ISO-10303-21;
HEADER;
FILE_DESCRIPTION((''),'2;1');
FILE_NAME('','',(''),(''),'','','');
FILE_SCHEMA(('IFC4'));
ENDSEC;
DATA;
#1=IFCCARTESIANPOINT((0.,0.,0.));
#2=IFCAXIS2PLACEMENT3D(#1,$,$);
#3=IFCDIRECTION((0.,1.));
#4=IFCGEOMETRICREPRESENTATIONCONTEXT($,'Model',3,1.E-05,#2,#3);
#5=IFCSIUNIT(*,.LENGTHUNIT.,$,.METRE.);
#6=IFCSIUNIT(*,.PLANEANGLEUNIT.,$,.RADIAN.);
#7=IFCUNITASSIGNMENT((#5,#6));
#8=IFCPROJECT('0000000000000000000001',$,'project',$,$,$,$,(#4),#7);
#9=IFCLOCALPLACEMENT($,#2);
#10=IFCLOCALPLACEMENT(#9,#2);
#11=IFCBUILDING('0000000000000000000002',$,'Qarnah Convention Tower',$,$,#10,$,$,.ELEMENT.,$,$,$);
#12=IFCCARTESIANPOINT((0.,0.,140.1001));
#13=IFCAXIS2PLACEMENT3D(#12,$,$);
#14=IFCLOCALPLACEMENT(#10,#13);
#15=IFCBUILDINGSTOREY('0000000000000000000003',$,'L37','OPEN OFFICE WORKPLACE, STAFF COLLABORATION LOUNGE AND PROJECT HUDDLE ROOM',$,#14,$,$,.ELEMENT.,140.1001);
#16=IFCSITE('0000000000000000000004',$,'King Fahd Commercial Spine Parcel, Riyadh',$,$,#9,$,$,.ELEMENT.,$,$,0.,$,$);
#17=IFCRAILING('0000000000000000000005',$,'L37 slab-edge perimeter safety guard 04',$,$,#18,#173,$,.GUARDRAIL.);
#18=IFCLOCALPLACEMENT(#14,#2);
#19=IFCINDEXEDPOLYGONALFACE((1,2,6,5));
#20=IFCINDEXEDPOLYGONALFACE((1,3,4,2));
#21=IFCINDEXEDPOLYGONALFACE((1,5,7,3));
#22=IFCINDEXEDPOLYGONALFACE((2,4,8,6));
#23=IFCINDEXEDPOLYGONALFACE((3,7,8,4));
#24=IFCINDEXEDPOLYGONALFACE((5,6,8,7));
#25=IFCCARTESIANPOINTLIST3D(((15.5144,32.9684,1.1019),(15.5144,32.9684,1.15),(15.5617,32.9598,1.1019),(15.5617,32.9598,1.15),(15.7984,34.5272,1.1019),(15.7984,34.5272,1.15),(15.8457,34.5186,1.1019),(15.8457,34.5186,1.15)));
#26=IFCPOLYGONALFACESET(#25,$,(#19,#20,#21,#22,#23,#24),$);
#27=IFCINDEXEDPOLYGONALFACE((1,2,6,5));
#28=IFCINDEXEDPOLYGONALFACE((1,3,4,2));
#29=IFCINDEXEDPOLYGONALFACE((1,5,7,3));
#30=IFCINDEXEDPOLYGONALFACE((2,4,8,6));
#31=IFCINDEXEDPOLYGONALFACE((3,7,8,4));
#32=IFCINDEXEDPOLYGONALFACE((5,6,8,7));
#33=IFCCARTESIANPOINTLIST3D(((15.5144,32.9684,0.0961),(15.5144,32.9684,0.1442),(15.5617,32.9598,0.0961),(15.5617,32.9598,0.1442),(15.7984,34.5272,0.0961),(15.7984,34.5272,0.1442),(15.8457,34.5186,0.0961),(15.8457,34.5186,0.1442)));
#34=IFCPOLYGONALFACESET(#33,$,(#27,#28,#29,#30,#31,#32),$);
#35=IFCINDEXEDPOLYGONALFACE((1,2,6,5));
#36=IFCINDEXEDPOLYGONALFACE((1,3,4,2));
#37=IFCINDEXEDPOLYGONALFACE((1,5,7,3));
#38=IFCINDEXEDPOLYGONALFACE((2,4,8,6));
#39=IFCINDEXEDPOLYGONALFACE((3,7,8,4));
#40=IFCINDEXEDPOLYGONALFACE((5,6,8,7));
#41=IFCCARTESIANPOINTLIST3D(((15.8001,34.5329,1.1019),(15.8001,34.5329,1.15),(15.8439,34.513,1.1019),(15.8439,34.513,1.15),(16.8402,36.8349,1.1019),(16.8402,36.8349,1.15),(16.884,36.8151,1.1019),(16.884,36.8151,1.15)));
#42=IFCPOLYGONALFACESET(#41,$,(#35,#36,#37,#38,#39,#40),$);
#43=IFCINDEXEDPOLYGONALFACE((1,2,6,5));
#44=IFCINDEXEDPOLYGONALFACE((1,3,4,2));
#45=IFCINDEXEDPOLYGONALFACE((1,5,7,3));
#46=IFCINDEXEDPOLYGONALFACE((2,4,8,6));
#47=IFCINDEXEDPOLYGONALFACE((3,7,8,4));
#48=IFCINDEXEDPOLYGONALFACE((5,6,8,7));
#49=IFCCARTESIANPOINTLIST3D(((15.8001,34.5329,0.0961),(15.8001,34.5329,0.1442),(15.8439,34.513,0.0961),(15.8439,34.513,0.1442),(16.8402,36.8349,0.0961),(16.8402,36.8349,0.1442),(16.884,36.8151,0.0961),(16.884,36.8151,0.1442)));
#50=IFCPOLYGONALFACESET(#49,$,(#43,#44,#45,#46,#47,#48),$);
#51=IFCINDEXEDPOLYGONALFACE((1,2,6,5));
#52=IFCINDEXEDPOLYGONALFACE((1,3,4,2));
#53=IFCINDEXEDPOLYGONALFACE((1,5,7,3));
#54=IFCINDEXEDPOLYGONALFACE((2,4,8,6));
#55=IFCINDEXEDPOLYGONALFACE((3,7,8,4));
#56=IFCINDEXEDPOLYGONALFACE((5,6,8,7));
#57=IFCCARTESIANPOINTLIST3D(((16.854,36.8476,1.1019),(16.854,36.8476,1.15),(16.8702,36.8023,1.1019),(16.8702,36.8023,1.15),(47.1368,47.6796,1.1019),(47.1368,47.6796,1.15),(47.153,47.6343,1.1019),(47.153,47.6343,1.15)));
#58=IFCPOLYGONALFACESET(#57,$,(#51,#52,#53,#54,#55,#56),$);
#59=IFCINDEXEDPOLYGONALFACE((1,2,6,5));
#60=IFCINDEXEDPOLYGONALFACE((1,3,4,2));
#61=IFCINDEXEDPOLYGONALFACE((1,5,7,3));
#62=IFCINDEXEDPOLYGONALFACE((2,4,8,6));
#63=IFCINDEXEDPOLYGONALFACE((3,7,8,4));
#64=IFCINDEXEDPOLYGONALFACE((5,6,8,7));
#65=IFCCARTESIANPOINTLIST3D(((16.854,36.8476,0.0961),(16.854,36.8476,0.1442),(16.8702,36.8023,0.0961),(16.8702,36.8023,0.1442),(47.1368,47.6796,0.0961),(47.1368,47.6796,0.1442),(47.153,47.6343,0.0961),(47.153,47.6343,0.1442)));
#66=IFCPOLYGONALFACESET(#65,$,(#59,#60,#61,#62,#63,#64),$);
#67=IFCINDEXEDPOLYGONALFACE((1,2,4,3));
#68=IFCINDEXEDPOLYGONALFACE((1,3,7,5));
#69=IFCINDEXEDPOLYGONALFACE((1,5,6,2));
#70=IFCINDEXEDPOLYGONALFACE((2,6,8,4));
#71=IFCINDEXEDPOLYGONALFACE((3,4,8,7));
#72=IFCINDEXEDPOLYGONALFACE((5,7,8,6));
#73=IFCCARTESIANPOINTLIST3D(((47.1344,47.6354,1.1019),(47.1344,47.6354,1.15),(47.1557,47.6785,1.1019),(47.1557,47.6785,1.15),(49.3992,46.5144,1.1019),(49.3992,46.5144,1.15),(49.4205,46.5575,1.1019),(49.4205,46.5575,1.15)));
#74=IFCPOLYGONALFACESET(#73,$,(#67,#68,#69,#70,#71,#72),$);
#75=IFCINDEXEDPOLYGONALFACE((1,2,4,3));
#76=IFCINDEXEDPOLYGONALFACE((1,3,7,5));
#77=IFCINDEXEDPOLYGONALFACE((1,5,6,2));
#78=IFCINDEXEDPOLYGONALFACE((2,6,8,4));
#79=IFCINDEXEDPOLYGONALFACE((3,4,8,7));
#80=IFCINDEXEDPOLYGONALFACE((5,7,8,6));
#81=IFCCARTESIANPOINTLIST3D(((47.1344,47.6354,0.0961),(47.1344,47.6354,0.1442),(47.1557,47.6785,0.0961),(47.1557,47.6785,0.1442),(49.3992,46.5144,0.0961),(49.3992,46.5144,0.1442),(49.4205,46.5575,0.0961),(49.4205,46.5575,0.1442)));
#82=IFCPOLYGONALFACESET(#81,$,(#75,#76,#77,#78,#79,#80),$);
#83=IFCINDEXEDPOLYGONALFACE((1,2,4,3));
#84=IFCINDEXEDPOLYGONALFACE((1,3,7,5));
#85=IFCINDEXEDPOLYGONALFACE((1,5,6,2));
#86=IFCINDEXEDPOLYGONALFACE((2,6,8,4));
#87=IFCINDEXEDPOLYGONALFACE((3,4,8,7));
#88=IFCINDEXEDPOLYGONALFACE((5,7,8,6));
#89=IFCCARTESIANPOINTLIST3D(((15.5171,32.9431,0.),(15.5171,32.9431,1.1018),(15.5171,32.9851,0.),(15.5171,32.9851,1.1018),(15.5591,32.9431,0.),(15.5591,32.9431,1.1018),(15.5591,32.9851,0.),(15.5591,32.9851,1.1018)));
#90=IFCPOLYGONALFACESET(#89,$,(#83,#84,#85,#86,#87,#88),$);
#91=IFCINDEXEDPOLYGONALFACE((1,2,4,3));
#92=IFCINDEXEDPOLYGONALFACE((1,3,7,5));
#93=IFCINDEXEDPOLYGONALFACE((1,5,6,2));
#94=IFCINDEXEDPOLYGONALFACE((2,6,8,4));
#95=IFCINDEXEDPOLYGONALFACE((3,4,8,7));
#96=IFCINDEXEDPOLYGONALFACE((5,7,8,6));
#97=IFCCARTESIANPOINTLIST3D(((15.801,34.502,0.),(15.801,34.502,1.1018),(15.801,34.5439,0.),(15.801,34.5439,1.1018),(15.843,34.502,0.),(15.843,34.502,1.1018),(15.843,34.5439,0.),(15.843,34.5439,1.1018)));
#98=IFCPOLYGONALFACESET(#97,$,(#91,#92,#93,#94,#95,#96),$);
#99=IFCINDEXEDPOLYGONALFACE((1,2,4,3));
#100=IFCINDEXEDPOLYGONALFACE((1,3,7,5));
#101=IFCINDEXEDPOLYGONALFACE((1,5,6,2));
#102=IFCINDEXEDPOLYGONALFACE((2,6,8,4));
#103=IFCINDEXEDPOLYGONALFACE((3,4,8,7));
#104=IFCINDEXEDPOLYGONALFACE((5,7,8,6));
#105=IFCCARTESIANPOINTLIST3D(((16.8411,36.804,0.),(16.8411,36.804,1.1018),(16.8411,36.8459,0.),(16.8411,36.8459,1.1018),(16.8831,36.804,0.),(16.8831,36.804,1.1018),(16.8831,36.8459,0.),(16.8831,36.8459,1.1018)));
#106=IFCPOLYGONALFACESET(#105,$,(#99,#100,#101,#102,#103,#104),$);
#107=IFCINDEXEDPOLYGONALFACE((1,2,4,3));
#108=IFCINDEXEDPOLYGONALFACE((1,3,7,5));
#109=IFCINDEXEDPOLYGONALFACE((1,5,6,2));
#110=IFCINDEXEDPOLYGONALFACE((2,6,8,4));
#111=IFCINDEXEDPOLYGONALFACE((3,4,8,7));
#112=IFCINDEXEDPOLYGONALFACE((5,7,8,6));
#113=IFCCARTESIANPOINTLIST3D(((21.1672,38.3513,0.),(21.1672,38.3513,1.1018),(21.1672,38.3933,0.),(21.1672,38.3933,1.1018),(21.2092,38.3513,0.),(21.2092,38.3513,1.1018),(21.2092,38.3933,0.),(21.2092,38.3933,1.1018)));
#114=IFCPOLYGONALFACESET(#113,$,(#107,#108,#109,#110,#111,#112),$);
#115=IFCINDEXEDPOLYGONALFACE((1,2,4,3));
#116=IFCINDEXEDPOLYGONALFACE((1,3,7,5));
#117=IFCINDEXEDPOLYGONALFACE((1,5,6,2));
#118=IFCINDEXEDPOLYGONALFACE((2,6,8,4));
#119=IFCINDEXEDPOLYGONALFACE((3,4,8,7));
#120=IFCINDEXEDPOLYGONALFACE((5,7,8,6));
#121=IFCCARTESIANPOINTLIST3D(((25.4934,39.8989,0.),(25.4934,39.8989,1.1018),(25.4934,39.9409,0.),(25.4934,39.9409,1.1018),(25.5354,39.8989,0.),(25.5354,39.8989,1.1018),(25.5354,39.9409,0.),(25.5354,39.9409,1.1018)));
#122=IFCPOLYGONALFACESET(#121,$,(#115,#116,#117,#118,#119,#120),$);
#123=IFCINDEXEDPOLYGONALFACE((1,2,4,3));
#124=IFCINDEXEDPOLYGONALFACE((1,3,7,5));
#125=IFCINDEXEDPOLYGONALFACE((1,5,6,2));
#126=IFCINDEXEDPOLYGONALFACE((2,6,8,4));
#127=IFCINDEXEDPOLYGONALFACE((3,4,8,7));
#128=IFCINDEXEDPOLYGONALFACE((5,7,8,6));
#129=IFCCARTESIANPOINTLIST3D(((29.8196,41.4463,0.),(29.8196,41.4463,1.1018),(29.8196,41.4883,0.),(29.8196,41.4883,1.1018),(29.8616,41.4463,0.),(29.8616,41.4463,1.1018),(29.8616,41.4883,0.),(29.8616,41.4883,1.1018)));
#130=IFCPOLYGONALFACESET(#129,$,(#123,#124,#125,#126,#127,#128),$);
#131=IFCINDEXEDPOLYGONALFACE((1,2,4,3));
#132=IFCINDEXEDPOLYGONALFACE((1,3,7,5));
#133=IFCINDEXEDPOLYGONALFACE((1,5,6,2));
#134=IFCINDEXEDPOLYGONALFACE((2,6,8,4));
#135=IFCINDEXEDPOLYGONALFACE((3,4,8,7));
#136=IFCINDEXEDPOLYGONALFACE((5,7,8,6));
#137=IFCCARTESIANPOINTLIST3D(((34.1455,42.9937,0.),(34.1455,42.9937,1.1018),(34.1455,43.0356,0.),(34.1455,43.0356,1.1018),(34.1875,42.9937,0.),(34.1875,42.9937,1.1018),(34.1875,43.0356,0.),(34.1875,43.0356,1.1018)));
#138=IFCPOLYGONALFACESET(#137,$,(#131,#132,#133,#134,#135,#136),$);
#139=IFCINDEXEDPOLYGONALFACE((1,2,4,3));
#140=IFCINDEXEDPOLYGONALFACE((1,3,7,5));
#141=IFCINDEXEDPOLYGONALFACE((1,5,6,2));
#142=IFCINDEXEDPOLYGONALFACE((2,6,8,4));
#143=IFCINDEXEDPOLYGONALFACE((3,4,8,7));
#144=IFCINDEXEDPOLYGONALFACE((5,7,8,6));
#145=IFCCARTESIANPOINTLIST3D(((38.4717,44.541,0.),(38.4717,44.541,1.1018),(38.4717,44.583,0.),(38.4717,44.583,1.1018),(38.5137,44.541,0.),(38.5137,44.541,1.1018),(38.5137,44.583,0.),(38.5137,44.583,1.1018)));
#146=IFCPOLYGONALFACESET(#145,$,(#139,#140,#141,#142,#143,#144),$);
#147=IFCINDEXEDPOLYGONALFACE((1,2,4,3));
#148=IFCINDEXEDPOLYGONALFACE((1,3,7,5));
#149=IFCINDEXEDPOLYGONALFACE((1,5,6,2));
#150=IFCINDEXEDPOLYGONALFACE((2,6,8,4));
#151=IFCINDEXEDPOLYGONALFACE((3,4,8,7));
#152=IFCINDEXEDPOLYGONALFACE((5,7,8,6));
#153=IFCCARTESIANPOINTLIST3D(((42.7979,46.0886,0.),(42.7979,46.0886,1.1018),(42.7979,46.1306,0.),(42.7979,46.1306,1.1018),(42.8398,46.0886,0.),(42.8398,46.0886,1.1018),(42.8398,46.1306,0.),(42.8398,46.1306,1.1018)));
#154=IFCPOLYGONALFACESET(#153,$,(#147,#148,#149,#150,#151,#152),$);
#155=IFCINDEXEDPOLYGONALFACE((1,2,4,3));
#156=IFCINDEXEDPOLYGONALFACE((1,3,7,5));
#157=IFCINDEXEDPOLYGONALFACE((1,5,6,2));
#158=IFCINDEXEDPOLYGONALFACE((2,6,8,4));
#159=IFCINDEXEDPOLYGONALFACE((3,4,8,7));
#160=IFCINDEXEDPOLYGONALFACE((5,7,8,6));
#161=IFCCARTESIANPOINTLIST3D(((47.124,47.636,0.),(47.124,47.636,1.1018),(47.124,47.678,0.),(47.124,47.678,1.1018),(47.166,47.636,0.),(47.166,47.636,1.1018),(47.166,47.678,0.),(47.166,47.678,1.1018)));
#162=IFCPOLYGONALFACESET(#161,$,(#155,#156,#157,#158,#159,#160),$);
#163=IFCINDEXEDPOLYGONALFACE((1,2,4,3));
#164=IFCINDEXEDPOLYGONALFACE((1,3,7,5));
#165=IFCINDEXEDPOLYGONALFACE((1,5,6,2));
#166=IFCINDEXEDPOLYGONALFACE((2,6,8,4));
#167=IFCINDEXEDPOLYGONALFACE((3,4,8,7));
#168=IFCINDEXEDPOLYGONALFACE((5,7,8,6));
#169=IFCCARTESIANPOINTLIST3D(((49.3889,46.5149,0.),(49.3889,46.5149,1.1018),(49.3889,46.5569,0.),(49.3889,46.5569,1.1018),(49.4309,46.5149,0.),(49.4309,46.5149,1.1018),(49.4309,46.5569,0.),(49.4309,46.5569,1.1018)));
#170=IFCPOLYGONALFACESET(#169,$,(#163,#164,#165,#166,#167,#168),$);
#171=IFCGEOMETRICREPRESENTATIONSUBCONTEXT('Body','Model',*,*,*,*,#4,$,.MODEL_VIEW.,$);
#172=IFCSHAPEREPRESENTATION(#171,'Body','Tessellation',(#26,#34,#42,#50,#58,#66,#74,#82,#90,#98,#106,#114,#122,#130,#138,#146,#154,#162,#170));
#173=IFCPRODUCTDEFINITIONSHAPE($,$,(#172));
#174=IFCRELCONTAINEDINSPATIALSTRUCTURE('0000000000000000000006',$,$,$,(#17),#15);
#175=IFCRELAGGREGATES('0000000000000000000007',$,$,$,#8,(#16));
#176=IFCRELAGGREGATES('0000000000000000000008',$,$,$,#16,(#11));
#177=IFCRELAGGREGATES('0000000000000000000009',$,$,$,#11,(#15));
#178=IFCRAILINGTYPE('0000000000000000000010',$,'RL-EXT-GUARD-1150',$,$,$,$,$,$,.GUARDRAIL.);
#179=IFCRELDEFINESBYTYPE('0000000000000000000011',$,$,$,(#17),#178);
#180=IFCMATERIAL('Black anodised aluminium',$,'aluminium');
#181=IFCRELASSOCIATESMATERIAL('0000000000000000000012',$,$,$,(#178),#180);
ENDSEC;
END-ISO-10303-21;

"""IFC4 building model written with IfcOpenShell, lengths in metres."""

from ifc_helpers import new_model, si_unit, direction, frame, origin, origin_2d, place, context, subcontext, project, spatial, rectangle, extrude, material, type_object, element, save


model = new_model("IFC4")

# Units and contexts
model_context = context("Model", 3, precision=1e-05, world=origin(), true_north=direction((0.0, 1.0)))
body_context = subcontext(model_context, "Body", "Model", "MODEL_VIEW")
ifc_project = project(units=[si_unit("LENGTHUNIT", "METRE"), si_unit("PLANEANGLEUNIT", "RADIAN")], contexts=[model_context])

# Site, building, storey
site_placement = place(None, origin())
site = spatial("IfcSite", under=ifc_project, at=site_placement, Name="King Fahd Commercial Spine Parcel, Riyadh", CompositionType="ELEMENT", RefElevation=0.0)
building_placement = place(site_placement, origin())
building = spatial("IfcBuilding", under=site, at=building_placement, Name="Qarnah Convention Tower", CompositionType="ELEMENT")
storey_placement = place(building_placement, frame((0.0, 0.0, 140.1001)))
storey = spatial("IfcBuildingStorey", under=building, at=storey_placement, Name="L37", Description="OPEN OFFICE WORKPLACE, STAFF COLLABORATION LOUNGE AND PROJECT HUDDLE ROOM", CompositionType="ELEMENT", Elevation=140.1001)

# Shared definitions
ifc_material_1 = material(Name="Black anodised aluminium", Category="aluminium")

# Railing
railing_type = type_object("IfcRailingType", Name="RL-EXT-GUARD-1150", PredefinedType="GUARDRAIL", material=ifc_material_1)
railing_1_placement = place(storey_placement, frame((15.5381, 32.9641, 0.0)))
element("IfcRailing", 1, at=railing_1_placement, inside=storey, type_object=railing_type, Name="L37 slab-edge perimeter safety guard 04", PredefinedType="GUARDRAIL", context=body_context, shape_type="SweptSolid", body=[
    extrude(rectangle(XDim=0.0481, YDim=0.0481, at=origin_2d()), frame((0.0, 0.0, 1.126), z_axis=(0.179197, 0.983813, 0.0), x_axis=(-0.983813, 0.179197, 0.0)), (0.0, 0.0, 1.0), 1.5845),
    extrude(rectangle(XDim=0.0481, YDim=0.0481, at=origin_2d()), frame((0.0, 0.0, 0.1201), z_axis=(0.179197, 0.983813, 0.0), x_axis=(-0.983813, 0.179197, 0.0)), (0.0, 0.0, 1.0), 1.5845),
    extrude(rectangle(XDim=0.0481, YDim=0.0481, at=origin_2d()), frame((0.2839, 1.5588, 1.126), z_axis=(0.411727, 0.911307, 0.0), x_axis=(-0.911307, 0.411727, 0.0)), (0.0, 0.0, 1.0), 2.5261),
    extrude(rectangle(XDim=0.0481, YDim=0.0481, at=origin_2d()), frame((0.2839, 1.5588, 0.1201), z_axis=(0.411727, 0.911307, 0.0), x_axis=(-0.911307, 0.411727, 0.0)), (0.0, 0.0, 1.0), 2.5261),
    extrude(rectangle(XDim=0.0481, YDim=0.0481, at=origin_2d()), frame((1.324, 3.8608, 1.126), z_axis=(0.941577, 0.336797, 0.0), x_axis=(-0.336797, 0.941577, 0.0)), (0.0, 0.0, 1.0), 32.1619),
    extrude(rectangle(XDim=0.0481, YDim=0.0481, at=origin_2d()), frame((1.324, 3.8608, 0.1201), z_axis=(0.941577, 0.336797, 0.0), x_axis=(-0.336797, 0.941577, 0.0)), (0.0, 0.0, 1.0), 32.1619),
    extrude(rectangle(XDim=0.0481, YDim=0.0481, at=origin_2d()), frame((31.6069, 14.6929, 1.126), z_axis=(0.896217, -0.443616, 0.0), x_axis=(0.443616, 0.896217, 0.0)), (0.0, 0.0, 1.0), 2.5271),
    extrude(rectangle(XDim=0.0481, YDim=0.0481, at=origin_2d()), frame((31.6069, 14.6929, 0.1201), z_axis=(0.896217, -0.443616, 0.0), x_axis=(0.443616, 0.896217, 0.0)), (0.0, 0.0, 1.0), 2.5271),
    extrude(rectangle(XDim=0.042, YDim=0.042, at=origin_2d()), origin(), (0.0, 0.0, 1.0), 1.1018),
    extrude(rectangle(XDim=0.042, YDim=0.042, at=origin_2d()), frame((0.2839, 1.5588, 0.0)), (0.0, 0.0, 1.0), 1.1018),
    extrude(rectangle(XDim=0.042, YDim=0.042, at=origin_2d()), frame((1.324, 3.8608, 0.0)), (0.0, 0.0, 1.0), 1.1018),
    extrude(rectangle(XDim=0.042, YDim=0.042, at=origin_2d()), frame((5.6501, 5.4082, 0.0)), (0.0, 0.0, 1.0), 1.1018),
    extrude(rectangle(XDim=0.042, YDim=0.042, at=origin_2d()), frame((9.9763, 6.9558, 0.0)), (0.0, 0.0, 1.0), 1.1018),
    extrude(rectangle(XDim=0.042, YDim=0.042, at=origin_2d()), frame((14.3025, 8.5032, 0.0)), (0.0, 0.0, 1.0), 1.1018),
    extrude(rectangle(XDim=0.042, YDim=0.042, at=origin_2d()), frame((18.6284, 10.0505, 0.0)), (0.0, 0.0, 1.0), 1.1018),
    extrude(rectangle(XDim=0.042, YDim=0.042, at=origin_2d()), frame((22.9546, 11.5979, 0.0)), (0.0, 0.0, 1.0), 1.1018),
    extrude(rectangle(XDim=0.042, YDim=0.042, at=origin_2d()), frame((27.2808, 13.1455, 0.0)), (0.0, 0.0, 1.0), 1.1018),
    extrude(rectangle(XDim=0.042, YDim=0.042, at=origin_2d()), frame((31.6069, 14.6929, 0.0)), (0.0, 0.0, 1.0), 1.1018),
    extrude(rectangle(XDim=0.042, YDim=0.042, at=origin_2d()), frame((33.8718, 13.5718, 0.0)), (0.0, 0.0, 1.0), 1.1018),
])

save(model, "model.ifc")
